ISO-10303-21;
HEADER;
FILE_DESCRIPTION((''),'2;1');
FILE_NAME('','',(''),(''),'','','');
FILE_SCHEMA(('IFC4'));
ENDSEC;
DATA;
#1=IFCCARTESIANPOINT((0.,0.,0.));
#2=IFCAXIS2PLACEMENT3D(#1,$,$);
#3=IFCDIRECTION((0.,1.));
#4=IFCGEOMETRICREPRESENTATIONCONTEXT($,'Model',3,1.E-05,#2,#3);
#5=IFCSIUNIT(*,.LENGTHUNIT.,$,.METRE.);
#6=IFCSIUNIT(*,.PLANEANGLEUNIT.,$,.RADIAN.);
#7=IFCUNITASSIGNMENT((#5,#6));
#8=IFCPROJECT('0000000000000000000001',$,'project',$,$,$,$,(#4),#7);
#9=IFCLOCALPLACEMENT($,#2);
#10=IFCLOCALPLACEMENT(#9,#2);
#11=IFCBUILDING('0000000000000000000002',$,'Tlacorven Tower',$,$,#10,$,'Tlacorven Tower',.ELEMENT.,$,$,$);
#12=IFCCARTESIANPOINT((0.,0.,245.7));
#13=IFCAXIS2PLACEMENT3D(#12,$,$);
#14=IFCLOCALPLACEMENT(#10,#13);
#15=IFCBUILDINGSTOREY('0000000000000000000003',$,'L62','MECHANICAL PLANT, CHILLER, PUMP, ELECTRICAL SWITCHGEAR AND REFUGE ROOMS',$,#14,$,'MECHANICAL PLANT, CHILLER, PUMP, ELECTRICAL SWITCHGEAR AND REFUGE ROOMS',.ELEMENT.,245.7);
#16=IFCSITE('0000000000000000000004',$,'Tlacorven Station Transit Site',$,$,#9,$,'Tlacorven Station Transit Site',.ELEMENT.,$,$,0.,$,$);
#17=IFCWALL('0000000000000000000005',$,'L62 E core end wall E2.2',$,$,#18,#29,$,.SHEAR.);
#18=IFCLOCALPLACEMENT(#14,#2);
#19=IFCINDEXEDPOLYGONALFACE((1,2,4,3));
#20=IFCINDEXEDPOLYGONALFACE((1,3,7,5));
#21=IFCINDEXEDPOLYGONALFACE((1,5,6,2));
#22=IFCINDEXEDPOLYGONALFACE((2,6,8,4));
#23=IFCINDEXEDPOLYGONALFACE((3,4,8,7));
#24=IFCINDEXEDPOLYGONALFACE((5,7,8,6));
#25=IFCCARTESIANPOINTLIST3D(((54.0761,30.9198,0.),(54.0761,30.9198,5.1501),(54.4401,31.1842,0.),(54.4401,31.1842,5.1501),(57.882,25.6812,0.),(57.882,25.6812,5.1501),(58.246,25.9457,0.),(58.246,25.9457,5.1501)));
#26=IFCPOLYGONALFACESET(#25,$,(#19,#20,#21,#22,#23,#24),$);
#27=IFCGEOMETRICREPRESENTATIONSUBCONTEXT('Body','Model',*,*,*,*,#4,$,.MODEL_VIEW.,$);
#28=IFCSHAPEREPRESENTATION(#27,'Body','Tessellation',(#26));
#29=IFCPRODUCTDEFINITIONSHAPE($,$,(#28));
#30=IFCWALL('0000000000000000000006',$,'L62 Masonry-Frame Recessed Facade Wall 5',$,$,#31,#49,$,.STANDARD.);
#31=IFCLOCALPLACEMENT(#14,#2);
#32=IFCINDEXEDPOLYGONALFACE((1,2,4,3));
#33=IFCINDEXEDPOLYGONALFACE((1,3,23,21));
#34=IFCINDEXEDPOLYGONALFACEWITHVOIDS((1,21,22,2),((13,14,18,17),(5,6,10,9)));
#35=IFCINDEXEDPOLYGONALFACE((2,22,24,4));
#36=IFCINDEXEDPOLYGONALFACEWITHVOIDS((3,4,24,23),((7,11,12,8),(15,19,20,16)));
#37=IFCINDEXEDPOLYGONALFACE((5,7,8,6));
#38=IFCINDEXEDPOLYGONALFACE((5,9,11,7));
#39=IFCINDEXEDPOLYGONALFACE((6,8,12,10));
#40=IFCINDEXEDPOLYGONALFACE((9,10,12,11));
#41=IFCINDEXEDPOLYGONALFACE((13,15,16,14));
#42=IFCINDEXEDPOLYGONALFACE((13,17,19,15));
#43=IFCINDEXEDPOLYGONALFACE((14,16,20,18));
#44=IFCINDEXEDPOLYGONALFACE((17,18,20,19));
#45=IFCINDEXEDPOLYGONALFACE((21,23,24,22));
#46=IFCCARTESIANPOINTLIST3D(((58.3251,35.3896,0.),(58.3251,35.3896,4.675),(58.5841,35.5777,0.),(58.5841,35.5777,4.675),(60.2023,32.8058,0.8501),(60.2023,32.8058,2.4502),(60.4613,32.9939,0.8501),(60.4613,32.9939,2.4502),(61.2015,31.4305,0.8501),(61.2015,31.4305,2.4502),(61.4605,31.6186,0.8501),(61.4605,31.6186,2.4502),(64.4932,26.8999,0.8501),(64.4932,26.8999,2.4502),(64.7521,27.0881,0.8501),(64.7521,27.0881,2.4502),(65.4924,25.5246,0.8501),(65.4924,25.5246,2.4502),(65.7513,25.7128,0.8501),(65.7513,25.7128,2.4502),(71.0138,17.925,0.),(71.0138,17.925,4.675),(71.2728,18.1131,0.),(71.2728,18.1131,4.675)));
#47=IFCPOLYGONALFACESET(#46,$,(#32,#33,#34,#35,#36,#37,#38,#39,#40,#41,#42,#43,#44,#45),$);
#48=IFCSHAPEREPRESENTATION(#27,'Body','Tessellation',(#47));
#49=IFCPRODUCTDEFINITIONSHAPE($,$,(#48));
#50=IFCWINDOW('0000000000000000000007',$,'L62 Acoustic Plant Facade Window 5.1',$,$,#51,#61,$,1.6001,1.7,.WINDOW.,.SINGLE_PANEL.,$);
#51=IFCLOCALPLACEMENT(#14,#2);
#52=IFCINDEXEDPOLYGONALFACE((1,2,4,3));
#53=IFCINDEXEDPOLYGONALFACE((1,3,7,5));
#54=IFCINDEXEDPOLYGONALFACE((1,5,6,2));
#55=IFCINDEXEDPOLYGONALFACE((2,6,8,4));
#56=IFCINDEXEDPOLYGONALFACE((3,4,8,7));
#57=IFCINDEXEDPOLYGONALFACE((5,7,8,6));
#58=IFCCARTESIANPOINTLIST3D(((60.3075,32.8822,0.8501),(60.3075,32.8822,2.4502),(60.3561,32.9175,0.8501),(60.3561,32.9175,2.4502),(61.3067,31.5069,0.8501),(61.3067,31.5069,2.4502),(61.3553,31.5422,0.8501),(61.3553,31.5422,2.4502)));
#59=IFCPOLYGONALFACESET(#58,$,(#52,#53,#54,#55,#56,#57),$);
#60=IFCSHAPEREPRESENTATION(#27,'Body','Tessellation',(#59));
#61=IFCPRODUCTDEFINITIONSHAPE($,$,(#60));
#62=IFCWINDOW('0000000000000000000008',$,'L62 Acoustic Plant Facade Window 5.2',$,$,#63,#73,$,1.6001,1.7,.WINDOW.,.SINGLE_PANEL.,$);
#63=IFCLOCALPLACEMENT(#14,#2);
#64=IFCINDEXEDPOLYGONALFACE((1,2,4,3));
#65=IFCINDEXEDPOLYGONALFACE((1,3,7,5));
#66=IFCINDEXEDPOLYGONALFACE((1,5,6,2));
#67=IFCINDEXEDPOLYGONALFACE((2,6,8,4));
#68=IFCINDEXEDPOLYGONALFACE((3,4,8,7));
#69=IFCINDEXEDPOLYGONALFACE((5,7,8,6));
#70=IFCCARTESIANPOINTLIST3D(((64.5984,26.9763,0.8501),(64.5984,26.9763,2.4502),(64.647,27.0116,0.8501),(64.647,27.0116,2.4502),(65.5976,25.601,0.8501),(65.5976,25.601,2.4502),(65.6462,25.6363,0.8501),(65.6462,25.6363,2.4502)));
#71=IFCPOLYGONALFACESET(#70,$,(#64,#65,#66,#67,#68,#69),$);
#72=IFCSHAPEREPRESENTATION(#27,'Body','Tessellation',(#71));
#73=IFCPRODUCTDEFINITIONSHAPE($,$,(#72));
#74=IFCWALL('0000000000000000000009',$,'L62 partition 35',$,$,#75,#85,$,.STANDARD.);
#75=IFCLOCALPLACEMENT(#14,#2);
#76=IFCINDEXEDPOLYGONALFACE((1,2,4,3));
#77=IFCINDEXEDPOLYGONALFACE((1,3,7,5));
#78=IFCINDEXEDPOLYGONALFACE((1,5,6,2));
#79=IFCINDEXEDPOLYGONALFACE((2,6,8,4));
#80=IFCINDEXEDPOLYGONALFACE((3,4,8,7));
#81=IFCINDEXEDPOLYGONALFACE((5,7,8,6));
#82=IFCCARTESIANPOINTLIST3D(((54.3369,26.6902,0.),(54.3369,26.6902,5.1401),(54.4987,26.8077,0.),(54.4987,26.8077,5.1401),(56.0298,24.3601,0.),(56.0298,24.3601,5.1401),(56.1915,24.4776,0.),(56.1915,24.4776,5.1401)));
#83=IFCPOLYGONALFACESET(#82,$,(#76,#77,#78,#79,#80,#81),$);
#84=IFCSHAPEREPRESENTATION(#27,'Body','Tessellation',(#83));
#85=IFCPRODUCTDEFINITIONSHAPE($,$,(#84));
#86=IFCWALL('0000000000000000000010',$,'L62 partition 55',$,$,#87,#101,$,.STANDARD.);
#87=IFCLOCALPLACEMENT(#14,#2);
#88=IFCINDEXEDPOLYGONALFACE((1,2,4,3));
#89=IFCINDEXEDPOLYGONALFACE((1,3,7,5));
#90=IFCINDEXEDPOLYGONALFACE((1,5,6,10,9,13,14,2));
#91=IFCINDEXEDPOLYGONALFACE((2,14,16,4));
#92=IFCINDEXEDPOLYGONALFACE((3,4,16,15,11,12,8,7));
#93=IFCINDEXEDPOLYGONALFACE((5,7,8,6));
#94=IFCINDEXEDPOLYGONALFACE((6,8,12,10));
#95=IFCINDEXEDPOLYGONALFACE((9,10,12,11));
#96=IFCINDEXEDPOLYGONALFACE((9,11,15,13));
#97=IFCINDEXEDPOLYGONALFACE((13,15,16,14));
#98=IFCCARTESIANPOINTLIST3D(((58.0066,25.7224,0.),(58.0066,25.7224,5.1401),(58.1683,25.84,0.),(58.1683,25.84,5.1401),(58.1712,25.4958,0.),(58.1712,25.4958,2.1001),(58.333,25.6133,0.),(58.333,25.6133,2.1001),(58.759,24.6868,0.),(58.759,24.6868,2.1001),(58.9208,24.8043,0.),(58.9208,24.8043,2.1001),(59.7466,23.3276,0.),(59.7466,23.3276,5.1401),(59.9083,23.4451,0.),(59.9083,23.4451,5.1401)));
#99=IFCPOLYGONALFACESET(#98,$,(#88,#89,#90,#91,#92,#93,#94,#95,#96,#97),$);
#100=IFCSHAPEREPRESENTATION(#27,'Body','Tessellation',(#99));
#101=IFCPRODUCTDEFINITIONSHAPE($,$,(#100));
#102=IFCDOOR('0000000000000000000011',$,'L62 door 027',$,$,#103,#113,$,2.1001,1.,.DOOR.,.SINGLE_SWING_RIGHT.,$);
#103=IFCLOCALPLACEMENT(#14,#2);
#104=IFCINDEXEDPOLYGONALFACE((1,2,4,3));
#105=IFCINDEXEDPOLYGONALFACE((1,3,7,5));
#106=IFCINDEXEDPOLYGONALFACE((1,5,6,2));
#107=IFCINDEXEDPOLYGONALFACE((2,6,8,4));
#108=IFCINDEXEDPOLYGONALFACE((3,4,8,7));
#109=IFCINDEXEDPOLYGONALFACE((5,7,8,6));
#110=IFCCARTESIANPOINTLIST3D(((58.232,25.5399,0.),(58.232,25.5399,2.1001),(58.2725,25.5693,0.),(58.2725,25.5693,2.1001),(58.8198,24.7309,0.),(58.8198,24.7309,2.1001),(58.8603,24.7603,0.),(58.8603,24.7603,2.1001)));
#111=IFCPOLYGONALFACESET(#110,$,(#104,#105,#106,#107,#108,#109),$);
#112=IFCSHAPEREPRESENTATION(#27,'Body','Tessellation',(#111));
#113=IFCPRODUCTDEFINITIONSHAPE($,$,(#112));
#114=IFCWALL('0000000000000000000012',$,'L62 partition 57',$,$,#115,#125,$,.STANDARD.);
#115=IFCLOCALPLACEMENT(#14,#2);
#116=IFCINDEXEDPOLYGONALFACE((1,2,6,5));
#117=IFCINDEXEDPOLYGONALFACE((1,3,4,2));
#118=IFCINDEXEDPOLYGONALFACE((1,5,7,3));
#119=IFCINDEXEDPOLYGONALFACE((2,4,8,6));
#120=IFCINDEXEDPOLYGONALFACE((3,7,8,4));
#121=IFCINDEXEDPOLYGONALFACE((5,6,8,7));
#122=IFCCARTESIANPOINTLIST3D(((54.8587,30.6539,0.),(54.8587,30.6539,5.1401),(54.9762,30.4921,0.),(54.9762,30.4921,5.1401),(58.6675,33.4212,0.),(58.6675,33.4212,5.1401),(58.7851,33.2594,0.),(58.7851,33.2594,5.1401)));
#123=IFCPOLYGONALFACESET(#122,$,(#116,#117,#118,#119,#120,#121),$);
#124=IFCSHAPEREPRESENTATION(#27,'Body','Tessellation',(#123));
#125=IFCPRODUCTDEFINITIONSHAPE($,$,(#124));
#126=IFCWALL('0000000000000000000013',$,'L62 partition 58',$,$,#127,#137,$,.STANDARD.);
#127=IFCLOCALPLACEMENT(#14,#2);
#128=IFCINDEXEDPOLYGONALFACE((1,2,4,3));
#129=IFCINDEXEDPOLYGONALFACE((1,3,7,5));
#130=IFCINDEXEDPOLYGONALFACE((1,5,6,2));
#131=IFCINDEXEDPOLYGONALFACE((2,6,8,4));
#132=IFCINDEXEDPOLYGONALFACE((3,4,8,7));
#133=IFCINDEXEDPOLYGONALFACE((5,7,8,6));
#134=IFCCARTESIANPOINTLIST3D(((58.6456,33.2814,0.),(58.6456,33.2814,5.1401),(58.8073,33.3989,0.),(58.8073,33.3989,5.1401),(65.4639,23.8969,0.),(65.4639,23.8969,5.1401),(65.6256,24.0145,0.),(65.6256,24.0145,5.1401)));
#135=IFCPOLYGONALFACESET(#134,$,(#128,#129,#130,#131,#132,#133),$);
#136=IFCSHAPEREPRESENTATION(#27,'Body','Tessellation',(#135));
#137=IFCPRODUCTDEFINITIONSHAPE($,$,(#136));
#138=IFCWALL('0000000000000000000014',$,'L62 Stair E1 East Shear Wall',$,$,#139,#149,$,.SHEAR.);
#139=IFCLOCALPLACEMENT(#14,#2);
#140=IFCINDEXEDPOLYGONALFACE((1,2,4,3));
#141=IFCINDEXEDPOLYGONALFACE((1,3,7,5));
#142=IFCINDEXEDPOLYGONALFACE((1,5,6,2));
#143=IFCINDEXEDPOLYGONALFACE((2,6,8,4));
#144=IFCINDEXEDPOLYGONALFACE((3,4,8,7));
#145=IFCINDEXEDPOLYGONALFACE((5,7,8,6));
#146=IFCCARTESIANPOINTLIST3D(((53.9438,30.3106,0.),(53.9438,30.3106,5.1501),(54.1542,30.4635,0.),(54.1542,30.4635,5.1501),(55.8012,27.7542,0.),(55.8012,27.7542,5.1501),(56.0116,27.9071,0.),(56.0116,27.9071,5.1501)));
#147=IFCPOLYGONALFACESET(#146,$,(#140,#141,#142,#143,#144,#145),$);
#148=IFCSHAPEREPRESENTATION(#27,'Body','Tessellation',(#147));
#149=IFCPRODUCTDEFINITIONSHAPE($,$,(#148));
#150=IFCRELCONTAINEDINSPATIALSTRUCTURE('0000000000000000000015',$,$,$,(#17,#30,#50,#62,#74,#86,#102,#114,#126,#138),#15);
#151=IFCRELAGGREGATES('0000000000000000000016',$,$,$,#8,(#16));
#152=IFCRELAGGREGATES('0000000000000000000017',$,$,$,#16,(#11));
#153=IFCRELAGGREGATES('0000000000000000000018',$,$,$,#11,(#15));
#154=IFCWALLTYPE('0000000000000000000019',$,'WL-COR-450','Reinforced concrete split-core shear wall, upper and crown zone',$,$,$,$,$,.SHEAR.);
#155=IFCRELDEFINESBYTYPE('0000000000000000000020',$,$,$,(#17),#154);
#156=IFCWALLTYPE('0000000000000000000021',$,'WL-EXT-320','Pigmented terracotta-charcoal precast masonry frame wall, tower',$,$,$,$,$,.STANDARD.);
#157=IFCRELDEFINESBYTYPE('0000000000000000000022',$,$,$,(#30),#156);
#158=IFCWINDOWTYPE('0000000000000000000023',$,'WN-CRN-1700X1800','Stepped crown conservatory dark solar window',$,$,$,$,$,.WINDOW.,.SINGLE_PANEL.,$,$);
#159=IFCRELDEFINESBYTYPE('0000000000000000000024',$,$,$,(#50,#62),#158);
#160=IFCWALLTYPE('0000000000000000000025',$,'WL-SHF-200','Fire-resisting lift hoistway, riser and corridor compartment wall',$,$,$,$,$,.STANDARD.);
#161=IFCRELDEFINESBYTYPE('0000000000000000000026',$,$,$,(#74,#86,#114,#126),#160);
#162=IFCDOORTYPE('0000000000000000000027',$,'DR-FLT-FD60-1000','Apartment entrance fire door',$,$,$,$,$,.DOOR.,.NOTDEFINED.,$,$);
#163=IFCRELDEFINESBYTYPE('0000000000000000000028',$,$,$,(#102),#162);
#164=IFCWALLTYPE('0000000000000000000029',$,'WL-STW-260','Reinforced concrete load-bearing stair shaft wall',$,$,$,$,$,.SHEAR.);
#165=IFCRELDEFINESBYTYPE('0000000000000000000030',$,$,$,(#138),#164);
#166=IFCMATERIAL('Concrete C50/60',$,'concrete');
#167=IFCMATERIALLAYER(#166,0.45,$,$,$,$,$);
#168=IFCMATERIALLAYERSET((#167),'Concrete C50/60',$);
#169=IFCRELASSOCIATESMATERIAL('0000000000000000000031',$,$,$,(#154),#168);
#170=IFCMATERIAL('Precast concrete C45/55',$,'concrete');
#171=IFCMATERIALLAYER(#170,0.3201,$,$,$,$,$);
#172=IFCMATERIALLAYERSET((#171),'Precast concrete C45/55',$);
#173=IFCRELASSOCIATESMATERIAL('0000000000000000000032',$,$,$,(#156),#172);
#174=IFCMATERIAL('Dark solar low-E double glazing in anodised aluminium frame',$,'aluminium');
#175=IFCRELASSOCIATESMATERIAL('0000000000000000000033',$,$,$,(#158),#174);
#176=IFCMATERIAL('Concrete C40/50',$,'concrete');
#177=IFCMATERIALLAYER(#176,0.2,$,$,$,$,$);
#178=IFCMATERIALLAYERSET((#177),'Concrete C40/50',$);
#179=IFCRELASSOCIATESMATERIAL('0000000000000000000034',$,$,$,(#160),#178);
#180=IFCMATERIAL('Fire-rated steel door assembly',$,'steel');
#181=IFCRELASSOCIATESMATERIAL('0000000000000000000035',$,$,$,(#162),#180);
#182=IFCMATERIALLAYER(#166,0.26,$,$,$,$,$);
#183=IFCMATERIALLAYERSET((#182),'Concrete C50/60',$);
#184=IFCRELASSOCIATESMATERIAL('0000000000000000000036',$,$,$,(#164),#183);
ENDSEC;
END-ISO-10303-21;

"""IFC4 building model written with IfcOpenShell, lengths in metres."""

from ifc_helpers import new_model, si_unit, direction, frame, frame_2d, origin, place, context, subcontext, project, spatial, rectangle, extrude, source, transform, mapped, material, layer, layer_set, type_object, element, fill, save


model = new_model("IFC4")

# Units and contexts
model_context = context("Model", 3, precision=1e-05, world=origin(), true_north=direction((0.0, 1.0)))
body_context = subcontext(model_context, "Body", "Model", "MODEL_VIEW")
ifc_project = project(units=[si_unit("LENGTHUNIT", "METRE"), si_unit("PLANEANGLEUNIT", "RADIAN")], contexts=[model_context])

# Site, building, storey
site_placement = place(None, origin())
site = spatial("IfcSite", under=ifc_project, at=site_placement, Name="Tlacorven Station Transit Site", LongName="Tlacorven Station Transit Site", CompositionType="ELEMENT", RefElevation=0.0)
building_placement = place(site_placement, origin())
building = spatial("IfcBuilding", under=site, at=building_placement, Name="Tlacorven Tower", LongName="Tlacorven Tower", CompositionType="ELEMENT")
storey_placement = place(building_placement, frame((0.0, 0.0, 245.7)))
storey = spatial("IfcBuildingStorey", under=building, at=storey_placement, Name="L62", Description="MECHANICAL PLANT, CHILLER, PUMP, ELECTRICAL SWITCHGEAR AND REFUGE ROOMS", LongName="MECHANICAL PLANT, CHILLER, PUMP, ELECTRICAL SWITCHGEAR AND REFUGE ROOMS", CompositionType="ELEMENT", Elevation=245.7)

# Wall
ifc_material_1 = material(Name="Concrete C50/60", Category="concrete")
ifc_layer_1 = layer(ifc_material_1, 0.45)
ifc_layer_set_1 = layer_set([ifc_layer_1], Name="Concrete C50/60")
wall_type_1 = type_object("IfcWallType", Name="WL-COR-450", Description="Reinforced concrete split-core shear wall, upper and crown zone", PredefinedType="SHEAR", material=ifc_layer_set_1)
wall_1_placement = place(storey_placement, frame((58.064, 25.8135, 0.0), z_axis=(0.0, 0.0, 1.0), x_axis=(-0.587775, 0.809025, 0.0)))
element("IfcWall", 1, at=wall_1_placement, inside=storey, type_object=wall_type_1, Name="L62 E core end wall E2.2", PredefinedType="SHEAR", context=body_context, shape_type="SweptSolid", body=[
    extrude(rectangle(XDim=6.4751, YDim=0.45, at=frame_2d((3.2375, 0.0))), origin(), (0.0, 0.0, 1.0), 5.1501),
])

# Wall, openings, windows
ifc_material_2 = material(Name="Precast concrete C45/55", Category="concrete")
ifc_layer_2 = layer(ifc_material_2, 0.3201)
ifc_layer_set_2 = layer_set([ifc_layer_2], Name="Precast concrete C45/55")
wall_type_2 = type_object("IfcWallType", Name="WL-EXT-320", Description="Pigmented terracotta-charcoal precast masonry frame wall, tower", PredefinedType="STANDARD", material=ifc_layer_set_2)
wall_2_placement = place(storey_placement, frame((58.4546, 35.4836, 0.0), z_axis=(0.0, 0.0, 1.0), x_axis=(0.587784, -0.809018, 0.0)))
wall_2 = element("IfcWall", 2, at=wall_2_placement, inside=storey, type_object=wall_type_2, Name="L62 Masonry-Frame Recessed Facade Wall 5", PredefinedType="STANDARD", context=body_context, shape_type="SweptSolid", body=[
    extrude(rectangle(XDim=21.5874, YDim=0.3201, at=frame_2d((10.7937, 0.0))), origin(), (0.0, 0.0, 1.0), 4.675),
])
opening_1_placement = place(wall_2_placement, frame((3.1936, 0.0, 0.8501)))
opening_1 = element("IfcOpeningElement", 3, at=opening_1_placement, cuts=wall_2, PredefinedType="OPENING", context=body_context, shape_type="SweptSolid", body=[
    extrude(rectangle(XDim=1.7, YDim=1.6001, at=frame_2d((0.8501, 0.8))), frame((0.0, 0.1699, 0.0), z_axis=(0.0, -1.0, 0.0), x_axis=(1.0, 0.0, 0.0)), (0.0, 0.0, 1.0), 0.3401),
])
opening_2_placement = place(wall_2_placement, frame((10.4937, 0.0, 0.8501)))
opening_2 = element("IfcOpeningElement", 4, at=opening_2_placement, cuts=wall_2, PredefinedType="OPENING", context=body_context, shape_type="SweptSolid", body=[
    extrude(rectangle(XDim=1.7, YDim=1.6001, at=frame_2d((0.8501, 0.8))), frame((0.0, 0.1699, 0.0), z_axis=(0.0, -1.0, 0.0), x_axis=(1.0, 0.0, 0.0)), (0.0, 0.0, 1.0), 0.3401),
])
ifc_material_3 = material(Name="Dark solar low-E double glazing in anodised aluminium frame", Category="aluminium")
window_type = type_object("IfcWindowType", Name="WN-CRN-1700X1800", Description="Stepped crown conservatory dark solar window", PartitioningType="SINGLE_PANEL", PredefinedType="WINDOW", material=ifc_material_3)
shared_shape_1 = source(origin(), body_context, "Body", "SweptSolid", [
    extrude(rectangle(XDim=1.7, YDim=1.6001, at=frame_2d((0.8501, 0.8))), frame((0.0, 0.03, 0.0), z_axis=(0.0, -1.0, 0.0), x_axis=(1.0, 0.0, 0.0)), (0.0, 0.0, 1.0), 0.0601),
])
window_1_placement = place(opening_1_placement, origin())
window_1 = element("IfcWindow", 5, at=window_1_placement, inside=storey, type_object=window_type, Name="L62 Acoustic Plant Facade Window 5.1", OverallHeight=1.6001, OverallWidth=1.7, PartitioningType="SINGLE_PANEL", PredefinedType="WINDOW", context=body_context, shape_type="MappedRepresentation", body=[
    mapped(shared_shape_1, transform((0.0, 0.0, 0.0), scale=1.0)),
])
fill(opening_1, window_1)
window_2_placement = place(opening_2_placement, origin())
window_2 = element("IfcWindow", 6, at=window_2_placement, inside=storey, type_object=window_type, Name="L62 Acoustic Plant Facade Window 5.2", OverallHeight=1.6001, OverallWidth=1.7, PartitioningType="SINGLE_PANEL", PredefinedType="WINDOW", context=body_context, shape_type="MappedRepresentation", body=[
    mapped(shared_shape_1, transform((0.0, 0.0, 0.0), scale=1.0)),
])
fill(opening_2, window_2)

# Wall
ifc_material_4 = material(Name="Concrete C40/50", Category="concrete")
ifc_layer_3 = layer(ifc_material_4, 0.2)
ifc_layer_set_3 = layer_set([ifc_layer_3], Name="Concrete C40/50")
wall_type_3 = type_object("IfcWallType", Name="WL-SHF-200", Description="Fire-resisting lift hoistway, riser and corridor compartment wall", PredefinedType="STANDARD", material=ifc_layer_set_3)
wall_3_placement = place(storey_placement, frame((56.1106, 24.4189, 0.0), z_axis=(0.0, 0.0, 1.0), x_axis=(-0.587778, 0.809022, 0.0)))
element("IfcWall", 7, at=wall_3_placement, inside=storey, type_object=wall_type_3, Name="L62 partition 35", PredefinedType="STANDARD", context=body_context, shape_type="SweptSolid", body=[
    extrude(rectangle(XDim=2.8801, YDim=0.2, at=frame_2d((1.4399, 0.0))), origin(), (0.0, 0.0, 1.0), 5.1401),
])

# Wall, opening, door
wall_4_placement = place(storey_placement, frame((59.8274, 23.3865, 0.0), z_axis=(0.0, 0.0, 1.0), x_axis=(-0.587804, 0.809003, 0.0)))
wall_4 = element("IfcWall", 8, at=wall_4_placement, inside=storey, type_object=wall_type_3, Name="L62 partition 55", PredefinedType="STANDARD", context=body_context, shape_type="SweptSolid", body=[
    extrude(rectangle(XDim=2.9602, YDim=0.2, at=frame_2d((1.48, 0.0))), origin(), (0.0, 0.0, 1.0), 5.1401),
])
opening_3_placement = place(wall_4_placement, frame((1.6799, 0.0, 0.0)))
opening_3 = element("IfcOpeningElement", 9, at=opening_3_placement, cuts=wall_4, PredefinedType="OPENING", context=body_context, shape_type="SweptSolid", body=[
    extrude(rectangle(XDim=1.0, YDim=2.1001, at=frame_2d((0.5, 1.05))), frame((0.0, 0.1099, 0.0), z_axis=(0.0, -1.0, 0.0), x_axis=(1.0, 0.0, 0.0)), (0.0, 0.0, 1.0), 0.22),
])
ifc_material_5 = material(Name="Fire-rated steel door assembly", Category="steel")
door_type_1 = type_object("IfcDoorType", Name="DR-FLT-FD60-1000", Description="Apartment entrance fire door", OperationType="NOTDEFINED", PredefinedType="DOOR", material=ifc_material_5)
shared_shape_2 = source(origin(), body_context, "Body", "SweptSolid", [
    extrude(rectangle(XDim=1.0, YDim=2.1001, at=frame_2d((0.5, 1.05))), frame((0.0, 0.0249, 0.0), z_axis=(0.0, -1.0, 0.0), x_axis=(1.0, 0.0, 0.0)), (0.0, 0.0, 1.0), 0.05),
])
door_1_placement = place(opening_3_placement, origin())
door_1 = element("IfcDoor", 10, at=door_1_placement, inside=storey, type_object=door_type_1, Name="L62 door 027", OperationType="SINGLE_SWING_RIGHT", OverallHeight=2.1001, OverallWidth=1.0, PredefinedType="DOOR", context=body_context, shape_type="MappedRepresentation", body=[
    mapped(shared_shape_2, transform((0.0, 0.0, 0.0), scale=1.0)),
])
fill(opening_3, door_1)

# Walls
wall_5_placement = place(storey_placement, frame((54.9175, 30.573, 0.0), z_axis=(0.0, 0.0, 1.0), x_axis=(0.809012, 0.587792, 0.0)))
element("IfcWall", 11, at=wall_5_placement, inside=storey, type_object=wall_type_3, Name="L62 partition 57", PredefinedType="STANDARD", context=body_context, shape_type="SweptSolid", body=[
    extrude(rectangle(XDim=4.708, YDim=0.2, at=frame_2d((2.354, 0.0))), origin(), (0.0, 0.0, 1.0), 5.1401),
])
wall_6_placement = place(storey_placement, frame((65.5447, 23.9558, 0.0), z_axis=(0.0, 0.0, 1.0), x_axis=(-0.587791, 0.809013, 0.0)))
element("IfcWall", 12, at=wall_6_placement, inside=storey, type_object=wall_type_3, Name="L62 partition 58", PredefinedType="STANDARD", context=body_context, shape_type="SweptSolid", body=[
    extrude(rectangle(XDim=11.5999, YDim=0.2, at=frame_2d((5.7998, 0.0))), origin(), (0.0, 0.0, 1.0), 5.1401),
])

# Wall
ifc_layer_4 = layer(ifc_material_1, 0.26)
ifc_layer_set_4 = layer_set([ifc_layer_4], Name="Concrete C50/60")
wall_type_4 = type_object("IfcWallType", Name="WL-STW-260", Description="Reinforced concrete load-bearing stair shaft wall", PredefinedType="SHEAR", material=ifc_layer_set_4)
wall_7_placement = place(storey_placement, frame((55.9065, 27.8306, 0.0), z_axis=(0.0, 0.0, 1.0), x_axis=(-0.587804, 0.809003, 0.0)))
element("IfcWall", 13, at=wall_7_placement, inside=storey, type_object=wall_type_4, Name="L62 Stair E1 East Shear Wall", PredefinedType="SHEAR", context=body_context, shape_type="SweptSolid", body=[
    extrude(rectangle(XDim=3.1599, YDim=0.26, at=frame_2d((1.5801, 0.0))), origin(), (0.0, 0.0, 1.0), 5.1501),
])

save(model, "model.ifc")
